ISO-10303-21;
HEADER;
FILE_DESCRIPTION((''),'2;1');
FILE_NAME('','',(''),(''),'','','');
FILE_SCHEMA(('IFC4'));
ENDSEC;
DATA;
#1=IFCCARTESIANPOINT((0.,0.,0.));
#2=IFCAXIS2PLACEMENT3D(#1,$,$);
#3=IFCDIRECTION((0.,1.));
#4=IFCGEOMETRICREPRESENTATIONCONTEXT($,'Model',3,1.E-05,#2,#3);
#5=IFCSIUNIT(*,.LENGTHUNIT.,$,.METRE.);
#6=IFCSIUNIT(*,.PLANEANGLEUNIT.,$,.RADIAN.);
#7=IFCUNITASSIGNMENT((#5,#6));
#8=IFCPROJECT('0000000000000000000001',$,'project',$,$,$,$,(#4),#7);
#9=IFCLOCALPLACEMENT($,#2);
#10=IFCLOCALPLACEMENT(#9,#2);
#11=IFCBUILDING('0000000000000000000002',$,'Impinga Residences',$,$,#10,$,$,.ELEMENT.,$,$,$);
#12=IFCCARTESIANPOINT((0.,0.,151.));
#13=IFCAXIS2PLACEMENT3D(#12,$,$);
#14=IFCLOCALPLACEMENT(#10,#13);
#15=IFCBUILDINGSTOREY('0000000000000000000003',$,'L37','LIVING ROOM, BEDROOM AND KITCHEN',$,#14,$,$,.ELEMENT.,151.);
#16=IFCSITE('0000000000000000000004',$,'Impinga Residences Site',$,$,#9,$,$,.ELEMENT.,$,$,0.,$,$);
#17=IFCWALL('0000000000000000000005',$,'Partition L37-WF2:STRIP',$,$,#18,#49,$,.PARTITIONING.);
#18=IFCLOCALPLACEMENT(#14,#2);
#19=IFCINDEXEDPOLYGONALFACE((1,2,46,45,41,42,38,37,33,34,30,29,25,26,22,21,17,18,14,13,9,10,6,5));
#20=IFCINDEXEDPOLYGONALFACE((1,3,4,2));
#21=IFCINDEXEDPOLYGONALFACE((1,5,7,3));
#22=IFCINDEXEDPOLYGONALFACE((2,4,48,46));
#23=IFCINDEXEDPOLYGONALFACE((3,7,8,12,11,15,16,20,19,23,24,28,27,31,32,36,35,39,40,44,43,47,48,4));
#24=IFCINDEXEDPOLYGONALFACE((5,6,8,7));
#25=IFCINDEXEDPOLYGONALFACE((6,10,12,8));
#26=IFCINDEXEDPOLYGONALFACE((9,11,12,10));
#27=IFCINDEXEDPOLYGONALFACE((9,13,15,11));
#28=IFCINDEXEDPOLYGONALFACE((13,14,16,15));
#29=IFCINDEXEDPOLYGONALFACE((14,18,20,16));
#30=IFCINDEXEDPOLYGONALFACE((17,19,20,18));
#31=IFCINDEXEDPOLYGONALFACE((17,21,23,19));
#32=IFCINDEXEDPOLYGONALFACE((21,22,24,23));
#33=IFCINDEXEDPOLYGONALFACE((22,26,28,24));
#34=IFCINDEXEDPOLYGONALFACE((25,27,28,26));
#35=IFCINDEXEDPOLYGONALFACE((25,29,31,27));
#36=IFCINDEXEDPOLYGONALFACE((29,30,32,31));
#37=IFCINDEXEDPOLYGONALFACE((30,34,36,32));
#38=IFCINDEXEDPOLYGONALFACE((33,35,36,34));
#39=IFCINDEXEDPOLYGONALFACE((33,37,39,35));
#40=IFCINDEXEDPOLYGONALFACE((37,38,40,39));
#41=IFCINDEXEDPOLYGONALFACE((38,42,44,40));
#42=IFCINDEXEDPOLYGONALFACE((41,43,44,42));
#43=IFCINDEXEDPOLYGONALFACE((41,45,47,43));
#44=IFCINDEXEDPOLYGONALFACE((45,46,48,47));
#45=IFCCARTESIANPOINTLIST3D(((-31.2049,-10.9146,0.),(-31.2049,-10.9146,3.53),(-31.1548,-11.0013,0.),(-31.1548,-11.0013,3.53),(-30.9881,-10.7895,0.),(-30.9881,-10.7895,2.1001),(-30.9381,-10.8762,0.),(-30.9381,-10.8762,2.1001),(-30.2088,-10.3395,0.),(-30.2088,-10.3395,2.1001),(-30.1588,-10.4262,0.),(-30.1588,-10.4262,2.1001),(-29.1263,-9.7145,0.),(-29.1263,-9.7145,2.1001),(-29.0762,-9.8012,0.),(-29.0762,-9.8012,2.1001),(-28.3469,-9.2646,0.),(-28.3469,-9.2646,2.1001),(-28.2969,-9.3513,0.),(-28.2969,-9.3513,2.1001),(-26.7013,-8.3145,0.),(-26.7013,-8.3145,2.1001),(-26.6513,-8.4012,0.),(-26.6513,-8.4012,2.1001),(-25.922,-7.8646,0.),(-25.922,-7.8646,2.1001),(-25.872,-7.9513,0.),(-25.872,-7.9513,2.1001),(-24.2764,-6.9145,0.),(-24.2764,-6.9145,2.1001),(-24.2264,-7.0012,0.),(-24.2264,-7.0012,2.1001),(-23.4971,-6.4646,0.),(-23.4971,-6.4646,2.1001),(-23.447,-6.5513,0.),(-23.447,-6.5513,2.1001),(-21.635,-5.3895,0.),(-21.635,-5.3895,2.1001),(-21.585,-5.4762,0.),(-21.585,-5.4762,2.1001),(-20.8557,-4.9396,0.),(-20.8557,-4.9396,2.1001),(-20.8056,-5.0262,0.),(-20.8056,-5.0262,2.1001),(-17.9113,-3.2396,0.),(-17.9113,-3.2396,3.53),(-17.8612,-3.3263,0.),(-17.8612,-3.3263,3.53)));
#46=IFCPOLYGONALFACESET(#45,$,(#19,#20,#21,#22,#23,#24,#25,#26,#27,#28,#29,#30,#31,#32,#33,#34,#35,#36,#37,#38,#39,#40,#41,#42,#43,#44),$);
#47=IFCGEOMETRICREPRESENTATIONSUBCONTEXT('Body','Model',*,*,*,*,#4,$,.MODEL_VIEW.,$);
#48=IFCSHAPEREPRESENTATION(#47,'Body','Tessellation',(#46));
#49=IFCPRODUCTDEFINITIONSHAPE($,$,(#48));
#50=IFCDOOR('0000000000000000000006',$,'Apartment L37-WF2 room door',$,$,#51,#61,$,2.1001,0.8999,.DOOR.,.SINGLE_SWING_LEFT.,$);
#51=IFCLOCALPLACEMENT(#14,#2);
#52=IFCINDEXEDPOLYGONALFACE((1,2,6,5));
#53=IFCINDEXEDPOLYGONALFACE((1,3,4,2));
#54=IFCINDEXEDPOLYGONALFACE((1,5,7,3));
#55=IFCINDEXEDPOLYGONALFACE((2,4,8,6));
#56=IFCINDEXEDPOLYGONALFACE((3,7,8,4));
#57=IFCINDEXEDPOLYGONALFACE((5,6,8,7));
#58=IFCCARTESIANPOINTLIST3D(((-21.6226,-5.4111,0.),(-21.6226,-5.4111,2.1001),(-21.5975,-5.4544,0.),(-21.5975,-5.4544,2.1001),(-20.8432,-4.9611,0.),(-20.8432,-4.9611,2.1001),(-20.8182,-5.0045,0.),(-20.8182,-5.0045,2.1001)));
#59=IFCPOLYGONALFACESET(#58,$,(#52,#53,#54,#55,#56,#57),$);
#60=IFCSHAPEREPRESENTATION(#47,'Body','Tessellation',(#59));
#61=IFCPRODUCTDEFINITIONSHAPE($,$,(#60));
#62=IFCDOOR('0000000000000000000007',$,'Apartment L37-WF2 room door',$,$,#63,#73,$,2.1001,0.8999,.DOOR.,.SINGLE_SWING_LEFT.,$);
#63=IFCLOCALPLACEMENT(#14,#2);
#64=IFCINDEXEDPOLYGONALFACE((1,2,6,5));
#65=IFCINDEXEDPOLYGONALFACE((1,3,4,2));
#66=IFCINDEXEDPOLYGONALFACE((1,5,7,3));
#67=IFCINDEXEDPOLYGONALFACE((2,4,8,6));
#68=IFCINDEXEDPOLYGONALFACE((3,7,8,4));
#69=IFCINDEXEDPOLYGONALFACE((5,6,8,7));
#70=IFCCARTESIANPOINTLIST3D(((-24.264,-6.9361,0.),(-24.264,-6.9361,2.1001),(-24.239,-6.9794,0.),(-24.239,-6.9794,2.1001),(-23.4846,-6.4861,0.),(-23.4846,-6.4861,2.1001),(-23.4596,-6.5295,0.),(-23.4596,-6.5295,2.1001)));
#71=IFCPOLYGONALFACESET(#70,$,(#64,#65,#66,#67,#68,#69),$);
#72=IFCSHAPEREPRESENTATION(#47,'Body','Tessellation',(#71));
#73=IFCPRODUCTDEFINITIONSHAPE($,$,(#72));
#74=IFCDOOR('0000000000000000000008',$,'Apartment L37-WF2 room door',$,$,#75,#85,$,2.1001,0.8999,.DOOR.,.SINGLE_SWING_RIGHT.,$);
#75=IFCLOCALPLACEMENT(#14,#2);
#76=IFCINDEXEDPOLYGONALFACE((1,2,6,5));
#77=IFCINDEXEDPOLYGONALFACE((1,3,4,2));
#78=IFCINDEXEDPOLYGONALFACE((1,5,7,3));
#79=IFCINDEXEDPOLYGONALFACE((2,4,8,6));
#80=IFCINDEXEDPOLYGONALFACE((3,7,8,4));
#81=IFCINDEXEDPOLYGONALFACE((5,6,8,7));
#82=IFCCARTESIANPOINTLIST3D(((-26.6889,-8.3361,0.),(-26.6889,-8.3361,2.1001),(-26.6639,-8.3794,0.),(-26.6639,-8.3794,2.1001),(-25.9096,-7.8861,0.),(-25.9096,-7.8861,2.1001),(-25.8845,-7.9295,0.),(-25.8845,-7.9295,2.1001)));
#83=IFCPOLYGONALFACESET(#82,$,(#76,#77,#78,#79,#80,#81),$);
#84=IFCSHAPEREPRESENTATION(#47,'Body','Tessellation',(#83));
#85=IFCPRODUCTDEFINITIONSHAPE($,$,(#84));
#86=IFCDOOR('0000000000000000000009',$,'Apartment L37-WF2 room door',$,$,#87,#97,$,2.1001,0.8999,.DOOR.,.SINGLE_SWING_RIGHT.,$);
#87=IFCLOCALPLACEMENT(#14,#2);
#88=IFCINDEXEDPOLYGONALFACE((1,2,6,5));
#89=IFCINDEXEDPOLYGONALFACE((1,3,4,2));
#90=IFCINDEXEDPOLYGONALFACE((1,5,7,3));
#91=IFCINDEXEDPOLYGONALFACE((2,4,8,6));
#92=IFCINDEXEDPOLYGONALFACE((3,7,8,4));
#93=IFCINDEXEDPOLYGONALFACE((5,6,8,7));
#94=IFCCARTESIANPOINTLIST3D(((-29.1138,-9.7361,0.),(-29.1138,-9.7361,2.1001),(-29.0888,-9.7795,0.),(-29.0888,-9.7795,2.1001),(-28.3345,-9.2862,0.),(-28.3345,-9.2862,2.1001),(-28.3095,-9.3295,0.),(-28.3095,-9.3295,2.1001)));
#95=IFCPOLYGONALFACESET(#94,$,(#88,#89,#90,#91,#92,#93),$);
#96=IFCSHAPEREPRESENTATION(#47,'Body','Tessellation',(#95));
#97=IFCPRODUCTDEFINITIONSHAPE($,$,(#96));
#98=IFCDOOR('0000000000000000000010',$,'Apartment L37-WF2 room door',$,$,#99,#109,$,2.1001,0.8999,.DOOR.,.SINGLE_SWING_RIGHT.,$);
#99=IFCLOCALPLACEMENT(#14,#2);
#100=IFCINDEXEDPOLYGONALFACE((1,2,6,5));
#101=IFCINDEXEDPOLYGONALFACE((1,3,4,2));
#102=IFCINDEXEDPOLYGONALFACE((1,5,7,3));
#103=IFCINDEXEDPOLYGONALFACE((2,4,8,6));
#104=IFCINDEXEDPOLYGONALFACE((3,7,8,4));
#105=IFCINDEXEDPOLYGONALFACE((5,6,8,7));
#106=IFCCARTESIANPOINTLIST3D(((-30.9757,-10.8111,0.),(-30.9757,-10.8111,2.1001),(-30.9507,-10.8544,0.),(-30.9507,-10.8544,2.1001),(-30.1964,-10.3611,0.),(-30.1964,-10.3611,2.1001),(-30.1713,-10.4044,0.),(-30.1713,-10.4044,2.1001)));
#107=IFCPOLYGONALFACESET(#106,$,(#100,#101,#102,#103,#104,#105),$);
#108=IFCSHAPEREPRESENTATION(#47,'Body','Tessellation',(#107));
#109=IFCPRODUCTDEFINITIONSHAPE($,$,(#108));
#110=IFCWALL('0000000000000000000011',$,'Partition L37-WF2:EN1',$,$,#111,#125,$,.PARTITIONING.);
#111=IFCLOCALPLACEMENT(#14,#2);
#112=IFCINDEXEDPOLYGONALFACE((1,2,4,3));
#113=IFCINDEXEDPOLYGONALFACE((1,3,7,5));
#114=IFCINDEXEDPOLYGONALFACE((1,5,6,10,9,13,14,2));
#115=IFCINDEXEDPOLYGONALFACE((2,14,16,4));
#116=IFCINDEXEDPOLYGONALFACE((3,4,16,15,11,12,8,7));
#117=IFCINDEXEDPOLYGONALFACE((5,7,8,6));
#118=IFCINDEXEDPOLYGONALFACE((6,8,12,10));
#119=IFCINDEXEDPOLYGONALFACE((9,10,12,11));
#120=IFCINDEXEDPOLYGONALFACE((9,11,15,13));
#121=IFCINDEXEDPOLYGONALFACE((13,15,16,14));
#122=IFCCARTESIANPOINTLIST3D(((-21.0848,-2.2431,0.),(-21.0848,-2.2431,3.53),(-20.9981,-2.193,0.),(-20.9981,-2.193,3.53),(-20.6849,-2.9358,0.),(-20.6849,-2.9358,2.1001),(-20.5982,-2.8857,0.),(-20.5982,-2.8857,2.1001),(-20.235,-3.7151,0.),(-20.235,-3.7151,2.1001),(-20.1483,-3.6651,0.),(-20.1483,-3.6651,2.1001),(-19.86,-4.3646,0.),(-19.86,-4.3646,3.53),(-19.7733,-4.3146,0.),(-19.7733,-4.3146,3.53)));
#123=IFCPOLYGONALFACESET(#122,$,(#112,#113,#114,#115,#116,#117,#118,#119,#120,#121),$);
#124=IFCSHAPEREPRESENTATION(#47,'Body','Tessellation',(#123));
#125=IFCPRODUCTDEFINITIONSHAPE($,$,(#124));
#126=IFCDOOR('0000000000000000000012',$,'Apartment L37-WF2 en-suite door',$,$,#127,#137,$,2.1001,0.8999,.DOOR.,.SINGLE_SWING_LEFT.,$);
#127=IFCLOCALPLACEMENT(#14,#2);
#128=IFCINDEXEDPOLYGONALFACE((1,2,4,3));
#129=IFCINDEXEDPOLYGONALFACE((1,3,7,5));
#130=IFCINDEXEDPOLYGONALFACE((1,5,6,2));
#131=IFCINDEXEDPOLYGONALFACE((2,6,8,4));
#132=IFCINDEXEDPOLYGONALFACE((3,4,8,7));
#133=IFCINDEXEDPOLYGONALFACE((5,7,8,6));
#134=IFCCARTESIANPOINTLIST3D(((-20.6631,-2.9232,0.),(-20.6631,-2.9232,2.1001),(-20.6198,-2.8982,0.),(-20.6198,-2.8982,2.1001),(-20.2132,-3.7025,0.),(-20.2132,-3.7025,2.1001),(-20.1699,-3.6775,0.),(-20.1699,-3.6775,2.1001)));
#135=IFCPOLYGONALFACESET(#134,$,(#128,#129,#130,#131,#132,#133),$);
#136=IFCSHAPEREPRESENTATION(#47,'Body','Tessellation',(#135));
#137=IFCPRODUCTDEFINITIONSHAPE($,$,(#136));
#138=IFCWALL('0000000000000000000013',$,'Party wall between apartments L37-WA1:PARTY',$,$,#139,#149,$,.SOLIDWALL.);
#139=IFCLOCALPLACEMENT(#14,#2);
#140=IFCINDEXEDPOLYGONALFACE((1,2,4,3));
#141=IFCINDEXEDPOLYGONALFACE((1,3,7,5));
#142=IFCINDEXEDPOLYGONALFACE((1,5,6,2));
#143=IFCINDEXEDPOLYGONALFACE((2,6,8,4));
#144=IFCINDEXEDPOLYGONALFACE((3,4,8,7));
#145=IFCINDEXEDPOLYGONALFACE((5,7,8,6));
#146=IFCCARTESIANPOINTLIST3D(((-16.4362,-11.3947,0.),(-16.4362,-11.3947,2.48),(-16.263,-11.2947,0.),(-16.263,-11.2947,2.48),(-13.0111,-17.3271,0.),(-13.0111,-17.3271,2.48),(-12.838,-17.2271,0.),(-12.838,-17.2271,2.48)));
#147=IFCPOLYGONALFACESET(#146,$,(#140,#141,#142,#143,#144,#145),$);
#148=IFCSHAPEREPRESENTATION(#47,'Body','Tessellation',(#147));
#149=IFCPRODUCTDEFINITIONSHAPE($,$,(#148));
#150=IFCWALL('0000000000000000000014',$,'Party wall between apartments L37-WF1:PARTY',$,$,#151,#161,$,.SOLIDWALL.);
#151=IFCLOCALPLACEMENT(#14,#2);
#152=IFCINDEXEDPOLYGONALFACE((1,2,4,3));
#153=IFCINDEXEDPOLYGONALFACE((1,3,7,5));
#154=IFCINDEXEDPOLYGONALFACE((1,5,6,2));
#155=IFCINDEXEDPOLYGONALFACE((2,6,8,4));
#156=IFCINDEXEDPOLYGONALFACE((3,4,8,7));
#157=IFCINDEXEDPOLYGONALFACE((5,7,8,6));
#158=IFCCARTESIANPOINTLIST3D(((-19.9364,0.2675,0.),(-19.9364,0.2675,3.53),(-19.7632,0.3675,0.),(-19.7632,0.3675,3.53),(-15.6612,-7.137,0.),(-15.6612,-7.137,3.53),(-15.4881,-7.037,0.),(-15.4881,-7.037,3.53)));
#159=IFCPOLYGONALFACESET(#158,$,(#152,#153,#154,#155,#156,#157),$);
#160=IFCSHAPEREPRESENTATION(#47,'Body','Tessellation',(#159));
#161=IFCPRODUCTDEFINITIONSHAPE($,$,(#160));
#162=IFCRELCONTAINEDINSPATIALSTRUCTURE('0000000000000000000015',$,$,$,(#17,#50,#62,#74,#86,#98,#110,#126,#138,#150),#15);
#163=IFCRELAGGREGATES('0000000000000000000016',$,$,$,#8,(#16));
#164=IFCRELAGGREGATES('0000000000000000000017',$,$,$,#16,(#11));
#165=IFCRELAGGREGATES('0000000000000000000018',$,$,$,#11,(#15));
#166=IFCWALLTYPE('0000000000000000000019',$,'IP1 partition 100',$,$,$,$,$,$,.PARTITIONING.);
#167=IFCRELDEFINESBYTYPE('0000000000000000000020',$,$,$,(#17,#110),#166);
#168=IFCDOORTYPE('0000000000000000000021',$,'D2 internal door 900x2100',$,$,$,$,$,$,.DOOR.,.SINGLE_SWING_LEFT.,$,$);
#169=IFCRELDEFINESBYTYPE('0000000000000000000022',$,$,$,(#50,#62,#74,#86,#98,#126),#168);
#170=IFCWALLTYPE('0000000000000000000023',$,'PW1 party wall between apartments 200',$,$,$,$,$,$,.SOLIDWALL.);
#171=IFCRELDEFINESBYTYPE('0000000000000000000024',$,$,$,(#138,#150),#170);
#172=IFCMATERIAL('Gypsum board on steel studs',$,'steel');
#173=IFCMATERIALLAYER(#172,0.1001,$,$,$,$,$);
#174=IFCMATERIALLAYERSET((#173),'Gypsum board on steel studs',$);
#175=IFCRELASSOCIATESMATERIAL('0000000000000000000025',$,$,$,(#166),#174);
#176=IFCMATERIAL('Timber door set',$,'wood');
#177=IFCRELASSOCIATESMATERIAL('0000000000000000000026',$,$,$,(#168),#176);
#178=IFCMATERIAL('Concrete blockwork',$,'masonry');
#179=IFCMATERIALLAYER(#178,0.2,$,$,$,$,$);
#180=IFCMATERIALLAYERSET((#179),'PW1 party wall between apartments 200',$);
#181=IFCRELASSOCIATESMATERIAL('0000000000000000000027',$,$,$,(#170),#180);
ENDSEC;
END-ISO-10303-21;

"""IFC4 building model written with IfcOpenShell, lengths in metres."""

from ifc_helpers import new_model, si_unit, direction, frame, frame_2d, origin, place, context, subcontext, project, spatial, rectangle, extrude, material, layer, layer_set, type_object, element, fill, save


model = new_model("IFC4")

# Units and contexts
model_context = context("Model", 3, precision=1e-05, world=origin(), true_north=direction((0.0, 1.0)))
body_context = subcontext(model_context, "Body", "Model", "MODEL_VIEW")
ifc_project = project(units=[si_unit("LENGTHUNIT", "METRE"), si_unit("PLANEANGLEUNIT", "RADIAN")], contexts=[model_context])

# Site, building, storey
site_placement = place(None, origin())
site = spatial("IfcSite", under=ifc_project, at=site_placement, Name="Impinga Residences Site", CompositionType="ELEMENT", RefElevation=0.0)
building_placement = place(site_placement, origin())
building = spatial("IfcBuilding", under=site, at=building_placement, Name="Impinga Residences", CompositionType="ELEMENT")
storey_placement = place(building_placement, frame((0.0, 0.0, 151.0)))
storey = spatial("IfcBuildingStorey", under=building, at=storey_placement, Name="L37", Description="LIVING ROOM, BEDROOM AND KITCHEN", CompositionType="ELEMENT", Elevation=151.0)

# Shared definitions
ifc_material_1 = material(Name="Gypsum board on steel studs", Category="steel")
ifc_layer_1 = layer(ifc_material_1, 0.1001)
ifc_layer_set_1 = layer_set([ifc_layer_1], Name="Gypsum board on steel studs")
wall_type_1 = type_object("IfcWallType", Name="IP1 partition 100", PredefinedType="PARTITIONING", material=ifc_layer_set_1)

# Shared definitions
ifc_material_2 = material(Name="Timber door set", Category="wood")
door_type = type_object("IfcDoorType", Name="D2 internal door 900x2100", OperationType="SINGLE_SWING_LEFT", PredefinedType="DOOR", material=ifc_material_2)

# Wall, openings, doors
wall_1_placement = place(storey_placement, frame((-17.8862, -3.283, 0.0), z_axis=(0.0, 0.0, 1.0), x_axis=(-0.866027, -0.499996, 0.0)))
wall_1 = element("IfcWall", 1, at=wall_1_placement, inside=storey, type_object=wall_type_1, Name="Partition L37-WF2:STRIP", PredefinedType="PARTITIONING", context=body_context, shape_type="SweptSolid", body=[
    extrude(rectangle(XDim=15.3501, YDim=0.1001, at=frame_2d((7.675, 0.0))), origin(), (0.0, 0.0, 1.0), 3.53),
])
opening_1_placement = place(wall_1_placement, frame((3.3999, 0.0, 0.0)))
opening_1 = element("IfcOpeningElement", 2, at=opening_1_placement, cuts=wall_1, PredefinedType="OPENING", context=body_context, shape_type="SweptSolid", body=[
    extrude(rectangle(XDim=0.8999, YDim=2.1001, at=frame_2d((0.45, 1.05))), frame((0.0, 0.0601, 0.0), z_axis=(0.0, -1.0, 0.0), x_axis=(1.0, 0.0, 0.0)), (0.0, 0.0, 1.0), 0.1201),
])
opening_2_placement = place(wall_1_placement, frame((6.45, 0.0, 0.0)))
opening_2 = element("IfcOpeningElement", 3, at=opening_2_placement, cuts=wall_1, PredefinedType="OPENING", context=body_context, shape_type="SweptSolid", body=[
    extrude(rectangle(XDim=0.8999, YDim=2.1001, at=frame_2d((0.45, 1.05))), frame((0.0, 0.0601, 0.0), z_axis=(0.0, -1.0, 0.0), x_axis=(1.0, 0.0, 0.0)), (0.0, 0.0, 1.0), 0.1201),
])
opening_3_placement = place(wall_1_placement, frame((9.25, 0.0, 0.0)))
opening_3 = element("IfcOpeningElement", 4, at=opening_3_placement, cuts=wall_1, PredefinedType="OPENING", context=body_context, shape_type="SweptSolid", body=[
    extrude(rectangle(XDim=0.8999, YDim=2.1001, at=frame_2d((0.45, 1.05))), frame((0.0, 0.0601, 0.0), z_axis=(0.0, -1.0, 0.0), x_axis=(1.0, 0.0, 0.0)), (0.0, 0.0, 1.0), 0.1201),
])
opening_4_placement = place(wall_1_placement, frame((12.05, 0.0, 0.0)))
opening_4 = element("IfcOpeningElement", 5, at=opening_4_placement, cuts=wall_1, PredefinedType="OPENING", context=body_context, shape_type="SweptSolid", body=[
    extrude(rectangle(XDim=0.8999, YDim=2.1001, at=frame_2d((0.45, 1.05))), frame((0.0, 0.0601, 0.0), z_axis=(0.0, -1.0, 0.0), x_axis=(1.0, 0.0, 0.0)), (0.0, 0.0, 1.0), 0.1201),
])
opening_5_placement = place(wall_1_placement, frame((14.2, 0.0, 0.0)))
opening_5 = element("IfcOpeningElement", 6, at=opening_5_placement, cuts=wall_1, PredefinedType="OPENING", context=body_context, shape_type="SweptSolid", body=[
    extrude(rectangle(XDim=0.8999, YDim=2.1001, at=frame_2d((0.45, 1.05))), frame((0.0, 0.0601, 0.0), z_axis=(0.0, -1.0, 0.0), x_axis=(1.0, 0.0, 0.0)), (0.0, 0.0, 1.0), 0.1201),
])
door_1_placement = place(opening_1_placement, origin())
door_1 = element("IfcDoor", 7, at=door_1_placement, inside=storey, type_object=door_type, Name="Apartment L37-WF2 room door", OperationType="SINGLE_SWING_LEFT", OverallHeight=2.1001, OverallWidth=0.8999, PredefinedType="DOOR", context=body_context, shape_type="SweptSolid", body=[
    extrude(rectangle(XDim=0.8999, YDim=2.1001, at=frame_2d((0.45, 1.05))), frame((0.0, 0.0249, 0.0), z_axis=(0.0, -1.0, 0.0), x_axis=(1.0, 0.0, 0.0)), (0.0, 0.0, 1.0), 0.05),
])
fill(opening_1, door_1)
door_2_placement = place(opening_2_placement, origin())
door_2 = element("IfcDoor", 8, at=door_2_placement, inside=storey, type_object=door_type, Name="Apartment L37-WF2 room door", OperationType="SINGLE_SWING_LEFT", OverallHeight=2.1001, OverallWidth=0.8999, PredefinedType="DOOR", context=body_context, shape_type="SweptSolid", body=[
    extrude(rectangle(XDim=0.8999, YDim=2.1001, at=frame_2d((0.45, 1.05))), frame((0.0, 0.0249, 0.0), z_axis=(0.0, -1.0, 0.0), x_axis=(1.0, 0.0, 0.0)), (0.0, 0.0, 1.0), 0.05),
])
fill(opening_2, door_2)
door_3_placement = place(opening_3_placement, origin())
door_3 = element("IfcDoor", 9, at=door_3_placement, inside=storey, type_object=door_type, Name="Apartment L37-WF2 room door", OperationType="SINGLE_SWING_RIGHT", OverallHeight=2.1001, OverallWidth=0.8999, PredefinedType="DOOR", context=body_context, shape_type="SweptSolid", body=[
    extrude(rectangle(XDim=0.8999, YDim=2.1001, at=frame_2d((0.45, 1.05))), frame((0.0, 0.0249, 0.0), z_axis=(0.0, -1.0, 0.0), x_axis=(1.0, 0.0, 0.0)), (0.0, 0.0, 1.0), 0.05),
])
fill(opening_3, door_3)
door_4_placement = place(opening_4_placement, origin())
door_4 = element("IfcDoor", 10, at=door_4_placement, inside=storey, type_object=door_type, Name="Apartment L37-WF2 room door", OperationType="SINGLE_SWING_RIGHT", OverallHeight=2.1001, OverallWidth=0.8999, PredefinedType="DOOR", context=body_context, shape_type="SweptSolid", body=[
    extrude(rectangle(XDim=0.8999, YDim=2.1001, at=frame_2d((0.45, 1.05))), frame((0.0, 0.0249, 0.0), z_axis=(0.0, -1.0, 0.0), x_axis=(1.0, 0.0, 0.0)), (0.0, 0.0, 1.0), 0.05),
])
fill(opening_4, door_4)
door_5_placement = place(opening_5_placement, origin())
door_5 = element("IfcDoor", 11, at=door_5_placement, inside=storey, type_object=door_type, Name="Apartment L37-WF2 room door", OperationType="SINGLE_SWING_RIGHT", OverallHeight=2.1001, OverallWidth=0.8999, PredefinedType="DOOR", context=body_context, shape_type="SweptSolid", body=[
    extrude(rectangle(XDim=0.8999, YDim=2.1001, at=frame_2d((0.45, 1.05))), frame((0.0, 0.0249, 0.0), z_axis=(0.0, -1.0, 0.0), x_axis=(1.0, 0.0, 0.0)), (0.0, 0.0, 1.0), 0.05),
])
fill(opening_5, door_5)

# Wall, opening, door
wall_2_placement = place(storey_placement, frame((-19.8167, -4.3396, 0.0), z_axis=(0.0, 0.0, 1.0), x_axis=(-0.499987, 0.866033, 0.0)))
wall_2 = element("IfcWall", 12, at=wall_2_placement, inside=storey, type_object=wall_type_1, Name="Partition L37-WF2:EN1", PredefinedType="PARTITIONING", context=body_context, shape_type="SweptSolid", body=[
    extrude(rectangle(XDim=2.4497, YDim=0.1001, at=frame_2d((1.2249, 0.0))), origin(), (0.0, 0.0, 1.0), 3.53),
])
opening_6_placement = place(wall_2_placement, frame((0.75, 0.0, 0.0)))
opening_6 = element("IfcOpeningElement", 13, at=opening_6_placement, cuts=wall_2, PredefinedType="OPENING", context=body_context, shape_type="SweptSolid", body=[
    extrude(rectangle(XDim=0.8999, YDim=2.1001, at=frame_2d((0.45, 1.05))), frame((0.0, 0.0601, 0.0), z_axis=(0.0, -1.0, 0.0), x_axis=(1.0, 0.0, 0.0)), (0.0, 0.0, 1.0), 0.1201),
])
door_6_placement = place(opening_6_placement, origin())
door_6 = element("IfcDoor", 14, at=door_6_placement, inside=storey, type_object=door_type, Name="Apartment L37-WF2 en-suite door", OperationType="SINGLE_SWING_LEFT", OverallHeight=2.1001, OverallWidth=0.8999, PredefinedType="DOOR", context=body_context, shape_type="SweptSolid", body=[
    extrude(rectangle(XDim=0.8999, YDim=2.1001, at=frame_2d((0.45, 1.05))), frame((0.0, 0.0249, 0.0), z_axis=(0.0, -1.0, 0.0), x_axis=(1.0, 0.0, 0.0)), (0.0, 0.0, 1.0), 0.05),
])
fill(opening_6, door_6)

# Walls
ifc_material_3 = material(Name="Concrete blockwork", Category="masonry")
ifc_layer_2 = layer(ifc_material_3, 0.2)
ifc_layer_set_2 = layer_set([ifc_layer_2], Name="PW1 party wall between apartments 200")
wall_type_2 = type_object("IfcWallType", Name="PW1 party wall between apartments 200", PredefinedType="SOLIDWALL", material=ifc_layer_set_2)
wall_3_placement = place(storey_placement, frame((-16.3496, -11.3447, 0.0), z_axis=(0.0, 0.0, 1.0), x_axis=(0.499999, -0.866026, 0.0)))
element("IfcWall", 15, at=wall_3_placement, inside=storey, type_object=wall_type_2, Name="Party wall between apartments L37-WA1:PARTY", PredefinedType="SOLIDWALL", context=body_context, shape_type="SweptSolid", body=[
    extrude(rectangle(XDim=6.8501, YDim=0.2, at=frame_2d((3.425, 0.0))), origin(), (0.0, 0.0, 1.0), 2.48),
])
wall_4_placement = place(storey_placement, frame((-15.5747, -7.0869, 0.0), z_axis=(0.0, 0.0, 1.0), x_axis=(-0.500012, 0.866019, 0.0)))
element("IfcWall", 16, at=wall_4_placement, inside=storey, type_object=wall_type_2, Name="Party wall between apartments L37-WF1:PARTY", PredefinedType="SOLIDWALL", context=body_context, shape_type="SweptSolid", body=[
    extrude(rectangle(XDim=8.55, YDim=0.2, at=frame_2d((4.2749, 0.0))), origin(), (0.0, 0.0, 1.0), 3.53),
])

save(model, "model.ifc")
